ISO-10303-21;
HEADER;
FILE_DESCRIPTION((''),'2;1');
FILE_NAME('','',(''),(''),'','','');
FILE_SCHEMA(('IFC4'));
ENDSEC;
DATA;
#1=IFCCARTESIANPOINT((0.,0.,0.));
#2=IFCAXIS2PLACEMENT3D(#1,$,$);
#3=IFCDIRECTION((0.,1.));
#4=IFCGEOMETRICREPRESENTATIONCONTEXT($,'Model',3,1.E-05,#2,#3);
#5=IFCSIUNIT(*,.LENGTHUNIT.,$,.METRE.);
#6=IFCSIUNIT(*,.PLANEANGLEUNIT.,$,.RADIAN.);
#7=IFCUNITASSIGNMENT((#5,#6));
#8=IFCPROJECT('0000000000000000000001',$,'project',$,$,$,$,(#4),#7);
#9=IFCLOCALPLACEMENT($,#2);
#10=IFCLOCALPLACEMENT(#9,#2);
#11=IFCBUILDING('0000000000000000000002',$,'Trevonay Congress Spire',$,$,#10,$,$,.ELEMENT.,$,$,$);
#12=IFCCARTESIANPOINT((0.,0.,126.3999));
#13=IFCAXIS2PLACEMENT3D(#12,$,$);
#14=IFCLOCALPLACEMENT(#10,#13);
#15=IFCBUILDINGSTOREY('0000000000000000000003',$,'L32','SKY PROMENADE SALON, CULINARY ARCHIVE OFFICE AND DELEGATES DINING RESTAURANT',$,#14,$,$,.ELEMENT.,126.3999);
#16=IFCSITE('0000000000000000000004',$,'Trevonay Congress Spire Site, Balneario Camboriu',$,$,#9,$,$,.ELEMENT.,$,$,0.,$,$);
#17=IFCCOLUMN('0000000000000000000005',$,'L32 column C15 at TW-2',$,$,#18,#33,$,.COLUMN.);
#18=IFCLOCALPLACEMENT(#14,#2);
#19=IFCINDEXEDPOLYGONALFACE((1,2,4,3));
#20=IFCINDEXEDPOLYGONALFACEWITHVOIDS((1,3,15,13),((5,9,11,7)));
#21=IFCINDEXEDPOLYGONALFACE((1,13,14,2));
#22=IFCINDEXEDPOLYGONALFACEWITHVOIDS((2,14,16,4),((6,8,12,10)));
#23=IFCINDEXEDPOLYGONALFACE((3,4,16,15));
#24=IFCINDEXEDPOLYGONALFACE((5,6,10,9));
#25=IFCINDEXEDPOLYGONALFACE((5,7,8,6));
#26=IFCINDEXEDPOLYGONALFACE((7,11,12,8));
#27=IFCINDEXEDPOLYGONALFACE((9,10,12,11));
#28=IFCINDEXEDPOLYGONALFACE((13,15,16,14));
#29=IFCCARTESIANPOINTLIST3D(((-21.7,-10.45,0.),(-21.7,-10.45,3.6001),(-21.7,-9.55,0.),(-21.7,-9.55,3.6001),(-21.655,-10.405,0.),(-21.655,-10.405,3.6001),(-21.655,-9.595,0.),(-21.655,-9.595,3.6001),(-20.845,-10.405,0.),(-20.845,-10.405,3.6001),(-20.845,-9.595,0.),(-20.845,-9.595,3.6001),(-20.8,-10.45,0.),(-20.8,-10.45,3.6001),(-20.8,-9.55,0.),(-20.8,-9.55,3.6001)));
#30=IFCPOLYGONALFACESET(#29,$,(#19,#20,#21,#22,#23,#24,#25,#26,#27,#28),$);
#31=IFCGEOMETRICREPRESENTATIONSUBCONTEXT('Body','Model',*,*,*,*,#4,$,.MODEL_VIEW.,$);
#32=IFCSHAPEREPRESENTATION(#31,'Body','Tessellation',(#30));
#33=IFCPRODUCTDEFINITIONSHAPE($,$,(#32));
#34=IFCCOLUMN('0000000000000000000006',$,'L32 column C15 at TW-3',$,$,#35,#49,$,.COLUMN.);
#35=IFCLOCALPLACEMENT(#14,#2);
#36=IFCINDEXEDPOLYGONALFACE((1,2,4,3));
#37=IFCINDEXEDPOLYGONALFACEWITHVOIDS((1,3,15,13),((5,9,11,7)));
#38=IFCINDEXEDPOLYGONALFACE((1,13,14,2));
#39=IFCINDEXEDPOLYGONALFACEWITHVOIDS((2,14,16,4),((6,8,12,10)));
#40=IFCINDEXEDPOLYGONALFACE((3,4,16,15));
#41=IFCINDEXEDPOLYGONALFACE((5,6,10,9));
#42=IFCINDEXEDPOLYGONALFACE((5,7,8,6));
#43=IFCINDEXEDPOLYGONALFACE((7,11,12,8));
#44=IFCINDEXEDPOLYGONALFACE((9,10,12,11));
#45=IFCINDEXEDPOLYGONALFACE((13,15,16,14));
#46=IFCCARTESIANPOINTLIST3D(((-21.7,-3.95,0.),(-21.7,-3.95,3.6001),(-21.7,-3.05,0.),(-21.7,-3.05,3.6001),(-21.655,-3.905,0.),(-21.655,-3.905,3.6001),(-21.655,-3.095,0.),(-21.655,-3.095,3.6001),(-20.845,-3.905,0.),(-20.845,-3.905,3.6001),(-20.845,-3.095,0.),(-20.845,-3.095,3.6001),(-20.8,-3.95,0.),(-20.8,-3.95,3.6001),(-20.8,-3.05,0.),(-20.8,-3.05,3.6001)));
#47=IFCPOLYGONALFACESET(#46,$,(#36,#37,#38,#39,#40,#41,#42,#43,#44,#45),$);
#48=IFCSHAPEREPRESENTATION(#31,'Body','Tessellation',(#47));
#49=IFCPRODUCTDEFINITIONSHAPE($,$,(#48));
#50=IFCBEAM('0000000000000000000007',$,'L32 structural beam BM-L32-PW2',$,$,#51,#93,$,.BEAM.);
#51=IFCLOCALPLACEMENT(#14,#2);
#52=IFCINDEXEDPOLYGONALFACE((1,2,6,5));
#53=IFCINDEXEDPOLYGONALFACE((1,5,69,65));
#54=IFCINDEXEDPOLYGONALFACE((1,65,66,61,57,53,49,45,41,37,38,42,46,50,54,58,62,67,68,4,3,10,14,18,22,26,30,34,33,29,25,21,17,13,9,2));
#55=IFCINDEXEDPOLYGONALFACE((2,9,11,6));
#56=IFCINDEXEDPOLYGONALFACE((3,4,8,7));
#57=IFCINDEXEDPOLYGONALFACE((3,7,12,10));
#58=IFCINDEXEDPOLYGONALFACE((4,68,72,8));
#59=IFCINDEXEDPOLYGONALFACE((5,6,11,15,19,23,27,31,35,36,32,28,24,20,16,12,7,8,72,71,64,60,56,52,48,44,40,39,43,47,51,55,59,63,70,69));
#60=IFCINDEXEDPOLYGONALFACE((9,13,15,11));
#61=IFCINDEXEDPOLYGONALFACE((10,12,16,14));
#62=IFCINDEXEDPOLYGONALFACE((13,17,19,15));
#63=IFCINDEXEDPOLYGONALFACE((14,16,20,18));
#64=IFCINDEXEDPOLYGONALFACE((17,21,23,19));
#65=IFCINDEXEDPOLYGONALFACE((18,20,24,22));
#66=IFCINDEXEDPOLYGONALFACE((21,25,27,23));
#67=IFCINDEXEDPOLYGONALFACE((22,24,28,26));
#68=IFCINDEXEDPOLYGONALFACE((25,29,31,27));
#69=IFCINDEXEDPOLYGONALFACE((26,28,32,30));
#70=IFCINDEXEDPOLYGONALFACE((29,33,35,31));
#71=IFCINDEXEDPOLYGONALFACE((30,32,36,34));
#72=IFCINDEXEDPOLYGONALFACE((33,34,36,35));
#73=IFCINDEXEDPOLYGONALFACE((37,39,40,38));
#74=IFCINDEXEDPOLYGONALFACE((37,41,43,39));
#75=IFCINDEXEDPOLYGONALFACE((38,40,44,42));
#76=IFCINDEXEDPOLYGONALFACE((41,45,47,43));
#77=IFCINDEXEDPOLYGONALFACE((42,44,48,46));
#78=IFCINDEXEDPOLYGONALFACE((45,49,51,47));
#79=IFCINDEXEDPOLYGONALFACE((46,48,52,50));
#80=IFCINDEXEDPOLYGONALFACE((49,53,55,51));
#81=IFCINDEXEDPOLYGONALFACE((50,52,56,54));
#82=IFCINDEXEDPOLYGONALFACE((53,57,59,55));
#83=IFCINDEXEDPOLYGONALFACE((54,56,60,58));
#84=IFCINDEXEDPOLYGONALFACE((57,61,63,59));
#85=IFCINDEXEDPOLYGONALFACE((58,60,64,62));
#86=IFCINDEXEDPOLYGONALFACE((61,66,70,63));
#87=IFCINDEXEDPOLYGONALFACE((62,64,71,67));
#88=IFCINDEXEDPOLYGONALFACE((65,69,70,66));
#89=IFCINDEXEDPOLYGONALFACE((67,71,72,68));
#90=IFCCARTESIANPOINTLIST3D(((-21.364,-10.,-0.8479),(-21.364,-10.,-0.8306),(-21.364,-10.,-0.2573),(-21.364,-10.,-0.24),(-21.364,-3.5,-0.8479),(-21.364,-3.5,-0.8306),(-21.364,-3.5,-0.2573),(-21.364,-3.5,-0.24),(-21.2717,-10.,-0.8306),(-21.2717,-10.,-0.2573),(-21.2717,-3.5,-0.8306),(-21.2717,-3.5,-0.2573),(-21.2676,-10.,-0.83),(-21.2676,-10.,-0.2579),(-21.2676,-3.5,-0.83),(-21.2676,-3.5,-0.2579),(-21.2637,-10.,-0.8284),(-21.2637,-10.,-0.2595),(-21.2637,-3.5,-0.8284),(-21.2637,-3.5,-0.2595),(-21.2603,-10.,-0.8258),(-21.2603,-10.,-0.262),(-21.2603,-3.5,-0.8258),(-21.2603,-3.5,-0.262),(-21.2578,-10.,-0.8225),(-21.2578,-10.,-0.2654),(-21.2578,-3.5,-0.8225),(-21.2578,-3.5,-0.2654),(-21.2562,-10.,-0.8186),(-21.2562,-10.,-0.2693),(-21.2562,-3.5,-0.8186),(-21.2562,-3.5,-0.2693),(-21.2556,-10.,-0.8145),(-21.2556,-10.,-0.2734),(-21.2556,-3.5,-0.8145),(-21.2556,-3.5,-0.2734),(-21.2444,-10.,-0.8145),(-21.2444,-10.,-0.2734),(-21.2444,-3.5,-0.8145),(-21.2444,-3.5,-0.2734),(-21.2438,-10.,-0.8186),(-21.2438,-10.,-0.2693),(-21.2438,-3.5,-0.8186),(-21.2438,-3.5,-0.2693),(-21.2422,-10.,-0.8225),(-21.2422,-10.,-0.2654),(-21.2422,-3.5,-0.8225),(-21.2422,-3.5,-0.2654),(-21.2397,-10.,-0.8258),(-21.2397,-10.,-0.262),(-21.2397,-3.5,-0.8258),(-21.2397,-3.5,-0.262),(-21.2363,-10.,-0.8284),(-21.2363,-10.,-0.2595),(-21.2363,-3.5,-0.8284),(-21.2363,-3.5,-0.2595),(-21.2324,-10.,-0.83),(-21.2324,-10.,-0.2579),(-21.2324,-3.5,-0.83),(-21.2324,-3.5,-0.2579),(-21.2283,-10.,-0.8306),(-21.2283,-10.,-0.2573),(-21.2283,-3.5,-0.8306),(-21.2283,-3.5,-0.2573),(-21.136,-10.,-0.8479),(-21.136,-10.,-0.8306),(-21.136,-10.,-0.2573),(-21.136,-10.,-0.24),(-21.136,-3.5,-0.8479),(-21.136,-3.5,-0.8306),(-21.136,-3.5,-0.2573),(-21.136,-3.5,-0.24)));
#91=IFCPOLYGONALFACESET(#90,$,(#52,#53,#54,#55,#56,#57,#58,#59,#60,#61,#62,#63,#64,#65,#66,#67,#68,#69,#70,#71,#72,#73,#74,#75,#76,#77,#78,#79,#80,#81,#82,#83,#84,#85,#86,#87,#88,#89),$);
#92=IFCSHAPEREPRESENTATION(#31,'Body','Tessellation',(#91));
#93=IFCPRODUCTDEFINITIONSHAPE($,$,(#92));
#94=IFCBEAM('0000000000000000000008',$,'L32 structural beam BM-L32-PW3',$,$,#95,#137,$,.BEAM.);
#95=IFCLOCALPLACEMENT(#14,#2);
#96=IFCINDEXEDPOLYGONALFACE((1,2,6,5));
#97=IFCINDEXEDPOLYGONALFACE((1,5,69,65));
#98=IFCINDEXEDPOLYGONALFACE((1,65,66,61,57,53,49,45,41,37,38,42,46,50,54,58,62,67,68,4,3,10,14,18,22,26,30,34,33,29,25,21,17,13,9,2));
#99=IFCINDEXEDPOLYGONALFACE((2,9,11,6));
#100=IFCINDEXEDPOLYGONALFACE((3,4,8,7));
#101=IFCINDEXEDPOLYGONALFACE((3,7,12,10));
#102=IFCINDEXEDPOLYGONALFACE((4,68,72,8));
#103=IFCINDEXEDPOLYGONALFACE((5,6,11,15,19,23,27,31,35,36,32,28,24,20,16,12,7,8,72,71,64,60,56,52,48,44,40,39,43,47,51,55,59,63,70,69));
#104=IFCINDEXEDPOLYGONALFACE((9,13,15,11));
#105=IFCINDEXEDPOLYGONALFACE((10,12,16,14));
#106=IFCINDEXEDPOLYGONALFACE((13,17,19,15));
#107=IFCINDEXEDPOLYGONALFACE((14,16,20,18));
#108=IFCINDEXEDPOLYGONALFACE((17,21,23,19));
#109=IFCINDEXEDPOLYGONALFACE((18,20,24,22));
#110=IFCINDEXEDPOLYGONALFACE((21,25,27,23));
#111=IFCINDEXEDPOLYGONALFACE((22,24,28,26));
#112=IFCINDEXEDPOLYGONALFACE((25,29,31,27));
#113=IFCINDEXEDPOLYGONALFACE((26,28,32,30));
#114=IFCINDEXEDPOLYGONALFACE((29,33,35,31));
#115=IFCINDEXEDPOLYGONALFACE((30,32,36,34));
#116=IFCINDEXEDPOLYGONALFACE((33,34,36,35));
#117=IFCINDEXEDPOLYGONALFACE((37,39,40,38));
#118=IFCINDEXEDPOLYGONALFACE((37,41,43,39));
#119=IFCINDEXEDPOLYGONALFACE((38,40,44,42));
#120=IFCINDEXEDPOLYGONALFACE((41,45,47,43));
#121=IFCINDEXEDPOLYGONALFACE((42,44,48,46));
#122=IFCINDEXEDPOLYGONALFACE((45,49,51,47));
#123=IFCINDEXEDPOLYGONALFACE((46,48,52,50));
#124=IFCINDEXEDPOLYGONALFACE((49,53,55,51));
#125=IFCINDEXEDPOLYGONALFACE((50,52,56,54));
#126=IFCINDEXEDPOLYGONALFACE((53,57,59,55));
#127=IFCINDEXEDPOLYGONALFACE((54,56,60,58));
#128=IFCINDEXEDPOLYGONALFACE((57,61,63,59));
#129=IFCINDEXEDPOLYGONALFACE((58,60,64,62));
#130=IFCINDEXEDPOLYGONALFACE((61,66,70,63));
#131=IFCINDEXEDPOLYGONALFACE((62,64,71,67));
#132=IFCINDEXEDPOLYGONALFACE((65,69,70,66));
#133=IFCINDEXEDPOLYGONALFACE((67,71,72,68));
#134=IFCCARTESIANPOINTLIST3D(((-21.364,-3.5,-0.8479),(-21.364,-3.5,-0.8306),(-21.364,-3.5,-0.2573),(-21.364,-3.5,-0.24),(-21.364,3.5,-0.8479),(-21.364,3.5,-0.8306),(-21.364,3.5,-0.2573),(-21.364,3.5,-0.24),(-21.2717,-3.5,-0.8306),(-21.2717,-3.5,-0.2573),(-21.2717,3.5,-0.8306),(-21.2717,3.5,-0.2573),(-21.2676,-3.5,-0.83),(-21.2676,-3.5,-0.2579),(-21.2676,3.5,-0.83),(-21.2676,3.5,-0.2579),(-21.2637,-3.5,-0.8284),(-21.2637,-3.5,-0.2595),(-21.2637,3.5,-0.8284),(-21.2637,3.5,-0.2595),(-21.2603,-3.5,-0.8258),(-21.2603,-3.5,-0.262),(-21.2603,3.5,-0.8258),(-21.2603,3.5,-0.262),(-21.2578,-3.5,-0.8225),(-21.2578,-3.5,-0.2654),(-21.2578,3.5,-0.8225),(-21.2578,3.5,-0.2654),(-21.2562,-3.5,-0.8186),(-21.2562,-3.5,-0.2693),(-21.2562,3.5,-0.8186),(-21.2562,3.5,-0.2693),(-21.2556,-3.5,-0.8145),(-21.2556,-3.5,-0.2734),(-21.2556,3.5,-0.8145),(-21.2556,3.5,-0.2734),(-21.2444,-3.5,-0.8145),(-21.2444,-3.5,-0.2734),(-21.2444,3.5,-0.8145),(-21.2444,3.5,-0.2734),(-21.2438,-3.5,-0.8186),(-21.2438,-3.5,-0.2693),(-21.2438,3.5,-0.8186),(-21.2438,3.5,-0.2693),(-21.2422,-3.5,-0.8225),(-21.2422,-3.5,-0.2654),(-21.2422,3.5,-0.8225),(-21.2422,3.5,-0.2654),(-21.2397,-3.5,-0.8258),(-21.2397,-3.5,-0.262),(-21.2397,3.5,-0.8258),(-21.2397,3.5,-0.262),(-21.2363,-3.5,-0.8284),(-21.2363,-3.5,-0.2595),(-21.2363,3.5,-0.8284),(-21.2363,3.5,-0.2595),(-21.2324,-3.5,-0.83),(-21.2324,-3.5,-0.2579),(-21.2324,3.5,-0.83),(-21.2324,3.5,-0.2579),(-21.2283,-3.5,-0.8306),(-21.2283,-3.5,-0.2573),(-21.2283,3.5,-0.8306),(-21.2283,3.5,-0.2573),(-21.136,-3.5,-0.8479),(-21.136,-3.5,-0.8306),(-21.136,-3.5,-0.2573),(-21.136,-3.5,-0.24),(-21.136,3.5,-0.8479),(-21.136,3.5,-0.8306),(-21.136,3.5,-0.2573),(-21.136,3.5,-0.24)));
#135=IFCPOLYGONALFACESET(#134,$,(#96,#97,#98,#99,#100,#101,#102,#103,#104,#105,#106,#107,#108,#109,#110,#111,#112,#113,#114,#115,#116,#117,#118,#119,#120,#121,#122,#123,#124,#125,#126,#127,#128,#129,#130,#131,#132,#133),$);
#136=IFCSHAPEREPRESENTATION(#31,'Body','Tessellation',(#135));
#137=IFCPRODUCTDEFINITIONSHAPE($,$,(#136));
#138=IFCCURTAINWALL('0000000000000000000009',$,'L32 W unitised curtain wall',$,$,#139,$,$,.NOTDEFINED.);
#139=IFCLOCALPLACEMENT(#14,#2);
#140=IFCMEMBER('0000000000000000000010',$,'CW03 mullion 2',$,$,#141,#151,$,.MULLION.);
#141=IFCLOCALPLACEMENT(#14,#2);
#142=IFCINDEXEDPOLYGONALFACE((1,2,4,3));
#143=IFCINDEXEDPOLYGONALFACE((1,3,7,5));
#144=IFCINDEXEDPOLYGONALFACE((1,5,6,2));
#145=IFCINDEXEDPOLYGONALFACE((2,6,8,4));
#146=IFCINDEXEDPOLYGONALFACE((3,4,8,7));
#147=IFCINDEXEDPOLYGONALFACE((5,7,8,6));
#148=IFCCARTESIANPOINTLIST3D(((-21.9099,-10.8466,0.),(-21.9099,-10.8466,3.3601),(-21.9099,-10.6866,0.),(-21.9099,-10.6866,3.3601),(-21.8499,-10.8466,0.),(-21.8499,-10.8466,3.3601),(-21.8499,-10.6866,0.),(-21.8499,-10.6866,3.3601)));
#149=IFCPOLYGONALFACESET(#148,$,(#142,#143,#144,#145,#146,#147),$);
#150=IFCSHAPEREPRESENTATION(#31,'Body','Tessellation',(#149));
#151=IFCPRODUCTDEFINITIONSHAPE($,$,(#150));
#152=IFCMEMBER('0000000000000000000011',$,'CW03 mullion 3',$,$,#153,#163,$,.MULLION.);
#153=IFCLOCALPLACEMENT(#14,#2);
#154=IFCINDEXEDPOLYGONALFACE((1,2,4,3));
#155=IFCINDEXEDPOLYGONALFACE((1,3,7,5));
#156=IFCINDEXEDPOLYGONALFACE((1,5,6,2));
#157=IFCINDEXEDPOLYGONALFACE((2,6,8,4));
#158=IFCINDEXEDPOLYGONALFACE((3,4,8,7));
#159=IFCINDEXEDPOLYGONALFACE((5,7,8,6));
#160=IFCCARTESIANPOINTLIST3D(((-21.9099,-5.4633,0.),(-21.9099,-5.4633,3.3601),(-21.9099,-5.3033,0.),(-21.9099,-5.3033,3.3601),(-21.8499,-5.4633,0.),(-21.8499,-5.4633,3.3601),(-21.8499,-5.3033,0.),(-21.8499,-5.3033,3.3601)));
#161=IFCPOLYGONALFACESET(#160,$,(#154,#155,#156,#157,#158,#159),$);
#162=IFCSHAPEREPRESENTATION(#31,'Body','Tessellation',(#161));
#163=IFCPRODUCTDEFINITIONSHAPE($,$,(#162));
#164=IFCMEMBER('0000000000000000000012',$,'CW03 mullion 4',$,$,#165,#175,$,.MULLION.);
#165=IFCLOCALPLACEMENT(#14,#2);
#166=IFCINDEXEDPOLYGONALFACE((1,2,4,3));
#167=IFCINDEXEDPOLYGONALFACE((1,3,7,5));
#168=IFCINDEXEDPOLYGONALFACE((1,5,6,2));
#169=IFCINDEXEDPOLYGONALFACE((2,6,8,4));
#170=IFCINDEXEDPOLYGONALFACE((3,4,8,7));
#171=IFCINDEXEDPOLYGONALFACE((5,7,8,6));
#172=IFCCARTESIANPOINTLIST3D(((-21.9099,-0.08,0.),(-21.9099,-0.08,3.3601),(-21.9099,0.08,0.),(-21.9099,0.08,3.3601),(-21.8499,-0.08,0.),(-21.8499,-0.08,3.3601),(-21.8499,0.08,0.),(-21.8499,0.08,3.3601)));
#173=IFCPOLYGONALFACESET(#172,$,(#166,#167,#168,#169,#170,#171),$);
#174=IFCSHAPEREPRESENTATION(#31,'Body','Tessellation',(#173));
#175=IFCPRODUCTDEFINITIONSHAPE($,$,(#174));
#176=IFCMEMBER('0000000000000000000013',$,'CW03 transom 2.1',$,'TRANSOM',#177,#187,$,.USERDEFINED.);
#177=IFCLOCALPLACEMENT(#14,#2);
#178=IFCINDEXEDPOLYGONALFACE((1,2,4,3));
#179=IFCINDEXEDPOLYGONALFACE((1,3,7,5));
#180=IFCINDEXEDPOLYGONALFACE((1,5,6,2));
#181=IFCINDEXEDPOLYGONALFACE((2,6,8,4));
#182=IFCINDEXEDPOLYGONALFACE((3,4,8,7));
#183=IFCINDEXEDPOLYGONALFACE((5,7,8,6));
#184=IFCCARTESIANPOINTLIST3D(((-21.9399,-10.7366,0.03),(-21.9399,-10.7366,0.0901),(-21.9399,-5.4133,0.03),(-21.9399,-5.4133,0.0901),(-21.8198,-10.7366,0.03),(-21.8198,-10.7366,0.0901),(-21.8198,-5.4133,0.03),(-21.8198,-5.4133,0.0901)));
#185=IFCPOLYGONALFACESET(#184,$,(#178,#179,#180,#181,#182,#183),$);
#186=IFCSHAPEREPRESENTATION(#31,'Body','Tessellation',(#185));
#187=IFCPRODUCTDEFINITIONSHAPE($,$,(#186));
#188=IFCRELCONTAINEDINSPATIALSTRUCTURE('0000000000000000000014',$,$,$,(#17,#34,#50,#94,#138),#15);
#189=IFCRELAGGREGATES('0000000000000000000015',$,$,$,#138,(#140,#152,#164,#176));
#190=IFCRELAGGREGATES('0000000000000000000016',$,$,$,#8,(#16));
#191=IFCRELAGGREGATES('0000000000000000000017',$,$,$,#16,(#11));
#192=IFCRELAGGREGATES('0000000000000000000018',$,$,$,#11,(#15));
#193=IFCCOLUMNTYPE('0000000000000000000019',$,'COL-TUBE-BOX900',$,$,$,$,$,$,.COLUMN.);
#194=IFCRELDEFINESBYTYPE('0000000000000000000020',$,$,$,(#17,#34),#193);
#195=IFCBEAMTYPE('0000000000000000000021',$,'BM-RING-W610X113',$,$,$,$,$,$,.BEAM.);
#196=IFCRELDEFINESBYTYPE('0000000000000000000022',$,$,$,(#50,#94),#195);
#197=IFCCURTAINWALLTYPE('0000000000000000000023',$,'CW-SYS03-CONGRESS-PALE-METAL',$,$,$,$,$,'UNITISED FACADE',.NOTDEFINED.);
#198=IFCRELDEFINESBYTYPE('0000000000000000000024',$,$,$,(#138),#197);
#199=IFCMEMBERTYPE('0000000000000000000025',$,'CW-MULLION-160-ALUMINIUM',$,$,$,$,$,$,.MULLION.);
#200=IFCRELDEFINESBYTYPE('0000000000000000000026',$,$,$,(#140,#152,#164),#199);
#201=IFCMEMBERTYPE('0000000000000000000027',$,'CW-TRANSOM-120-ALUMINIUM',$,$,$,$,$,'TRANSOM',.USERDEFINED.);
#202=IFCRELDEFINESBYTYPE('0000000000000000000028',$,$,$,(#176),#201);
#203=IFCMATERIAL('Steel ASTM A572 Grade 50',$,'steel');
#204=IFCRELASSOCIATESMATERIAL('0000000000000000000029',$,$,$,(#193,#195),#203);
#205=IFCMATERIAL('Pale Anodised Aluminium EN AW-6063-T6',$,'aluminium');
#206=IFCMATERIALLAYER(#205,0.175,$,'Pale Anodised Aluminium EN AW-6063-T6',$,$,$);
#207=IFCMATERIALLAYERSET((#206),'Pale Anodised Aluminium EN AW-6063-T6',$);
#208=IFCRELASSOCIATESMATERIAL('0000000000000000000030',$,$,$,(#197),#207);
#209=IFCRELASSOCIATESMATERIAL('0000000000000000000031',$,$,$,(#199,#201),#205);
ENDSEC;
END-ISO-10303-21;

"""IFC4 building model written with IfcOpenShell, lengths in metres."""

from ifc_helpers import new_model, si_unit, direction, frame, origin, origin_2d, place, context, subcontext, project, spatial, rectangle, hollow_rectangle, i_section, extrude, material, layer, layer_set, material_profile, profile_set, type_object, element, aggregate, save


model = new_model("IFC4")

# Units and contexts
model_context = context("Model", 3, precision=1e-05, world=origin(), true_north=direction((0.0, 1.0)))
body_context = subcontext(model_context, "Body", "Model", "MODEL_VIEW")
ifc_project = project(units=[si_unit("LENGTHUNIT", "METRE"), si_unit("PLANEANGLEUNIT", "RADIAN")], contexts=[model_context])

# Site, building, storey
site_placement = place(None, origin())
site = spatial("IfcSite", under=ifc_project, at=site_placement, Name="Trevonay Congress Spire Site, Balneario Camboriu", CompositionType="ELEMENT", RefElevation=0.0)
building_placement = place(site_placement, origin())
building = spatial("IfcBuilding", under=site, at=building_placement, Name="Trevonay Congress Spire", CompositionType="ELEMENT")
storey_placement = place(building_placement, frame((0.0, 0.0, 126.3999)))
storey = spatial("IfcBuildingStorey", under=building, at=storey_placement, Name="L32", Description="SKY PROMENADE SALON, CULINARY ARCHIVE OFFICE AND DELEGATES DINING RESTAURANT", CompositionType="ELEMENT", Elevation=126.3999)

# Columns
ifc_material_1 = material(Name="Steel ASTM A572 Grade 50", Category="steel")
ifc_material_profile_1 = material_profile(ifc_material_1, hollow_rectangle(XDim=0.8999, YDim=0.8999, WallThickness=0.0449, at=origin_2d()), Name="BOX 900x900x45")
ifc_profile_set_1 = profile_set([ifc_material_profile_1], Name="Steel ASTM A572 Grade 50")
column_type = type_object("IfcColumnType", Name="COL-TUBE-BOX900", PredefinedType="COLUMN", material=ifc_profile_set_1)
for number, where, z_axis, x_axis, name in (
    (1, (-21.25, -10.0, 0.0), (0.0, 0.0, 1.0), (1.0, 0.0, 0.0), "L32 column C15 at TW-2"),
    (2, (-21.25, -3.5, 0.0), (0.0, 0.0, 1.0), (1.0, 0.0, 0.0), "L32 column C15 at TW-3"),
):
    element("IfcColumn", number, at=place(storey_placement, frame(where, z_axis=z_axis, x_axis=x_axis)), inside=storey, type_object=column_type, Name=name, PredefinedType="COLUMN", context=body_context, shape_type="SweptSolid", body=[
        extrude(hollow_rectangle(XDim=0.8999, YDim=0.8999, WallThickness=0.0449, at=origin_2d()), origin(), (0.0, 0.0, 1.0), 3.6001),
    ])

# Beams
ifc_material_profile_2 = material_profile(ifc_material_1, i_section(OverallWidth=0.228, OverallDepth=0.6079, WebThickness=0.0112, FlangeThickness=0.0173, FilletRadius=0.0161, at=origin_2d()), Name="W610x113")
ifc_profile_set_2 = profile_set([ifc_material_profile_2], Name="Steel ASTM A572 Grade 50")
beam_type = type_object("IfcBeamType", Name="BM-RING-W610X113", PredefinedType="BEAM", material=ifc_profile_set_2)
beam_1_placement = place(storey_placement, frame((-21.25, -10.0, -0.5439), z_axis=(0.0, 1.0, 0.0), x_axis=(-1.0, 0.0, 0.0)))
element("IfcBeam", 3, at=beam_1_placement, inside=storey, type_object=beam_type, Name="L32 structural beam BM-L32-PW2", PredefinedType="BEAM", context=body_context, shape_type="SweptSolid", body=[
    extrude(i_section(OverallWidth=0.228, OverallDepth=0.6079, WebThickness=0.0112, FlangeThickness=0.0173, FilletRadius=0.0161, at=origin_2d()), origin(), (0.0, 0.0, 1.0), 6.5),
])
beam_2_placement = place(storey_placement, frame((-21.25, -3.5, -0.5439), z_axis=(0.0, 1.0, 0.0), x_axis=(-1.0, 0.0, 0.0)))
element("IfcBeam", 4, at=beam_2_placement, inside=storey, type_object=beam_type, Name="L32 structural beam BM-L32-PW3", PredefinedType="BEAM", context=body_context, shape_type="SweptSolid", body=[
    extrude(i_section(OverallWidth=0.228, OverallDepth=0.6079, WebThickness=0.0112, FlangeThickness=0.0173, FilletRadius=0.0161, at=origin_2d()), origin(), (0.0, 0.0, 1.0), 7.0),
])

# Curtain wall, members
ifc_material_2 = material(Name="Pale Anodised Aluminium EN AW-6063-T6", Category="aluminium")
ifc_layer_1 = layer(ifc_material_2, 0.175, Name="Pale Anodised Aluminium EN AW-6063-T6")
ifc_layer_set_1 = layer_set([ifc_layer_1], Name="Pale Anodised Aluminium EN AW-6063-T6")
curtain_wall_type = type_object("IfcCurtainWallType", Name="CW-SYS03-CONGRESS-PALE-METAL", ElementType="UNITISED FACADE", PredefinedType="NOTDEFINED", material=ifc_layer_set_1)
curtain_wall_placement = place(storey_placement, origin())
curtain_wall = element("IfcCurtainWall", 5, at=curtain_wall_placement, inside=storey, type_object=curtain_wall_type, Name="L32 W unitised curtain wall", PredefinedType="NOTDEFINED")
ifc_material_profile_3 = material_profile(ifc_material_2, rectangle(XDim=0.0601, YDim=0.1599, at=origin_2d()), Name="CW-MULLION-160-ALUMINIUM")
ifc_profile_set_3 = profile_set([ifc_material_profile_3], Name="Pale Anodised Aluminium EN AW-6063-T6")
member_type_1 = type_object("IfcMemberType", Name="CW-MULLION-160-ALUMINIUM", PredefinedType="MULLION", material=ifc_profile_set_3)
member_1_placement = place(storey_placement, frame((-21.8799, -10.7666, 0.0), z_axis=(0.0, 0.0, 1.0), x_axis=(-1.0, 0.0, 0.0)))
member_1 = element("IfcMember", 6, at=member_1_placement, type_object=member_type_1, Name="CW03 mullion 2", PredefinedType="MULLION", context=body_context, shape_type="SweptSolid", body=[
    extrude(rectangle(XDim=0.0601, YDim=0.1599, at=origin_2d()), origin(), (0.0, 0.0, 1.0), 3.3601),
])
member_2_placement = place(storey_placement, frame((-21.8799, -5.3833, 0.0), z_axis=(0.0, 0.0, 1.0), x_axis=(-1.0, 0.0, 0.0)))
member_2 = element("IfcMember", 7, at=member_2_placement, type_object=member_type_1, Name="CW03 mullion 3", PredefinedType="MULLION", context=body_context, shape_type="SweptSolid", body=[
    extrude(rectangle(XDim=0.0601, YDim=0.1599, at=origin_2d()), origin(), (0.0, 0.0, 1.0), 3.3601),
])
member_3_placement = place(storey_placement, frame((-21.8799, 0.0, 0.0), z_axis=(0.0, 0.0, 1.0), x_axis=(-1.0, 0.0, 0.0)))
member_3 = element("IfcMember", 8, at=member_3_placement, type_object=member_type_1, Name="CW03 mullion 4", PredefinedType="MULLION", context=body_context, shape_type="SweptSolid", body=[
    extrude(rectangle(XDim=0.0601, YDim=0.1599, at=origin_2d()), origin(), (0.0, 0.0, 1.0), 3.3601),
])
ifc_material_profile_4 = material_profile(ifc_material_2, rectangle(XDim=0.1201, YDim=0.0601, at=origin_2d()), Name="CW-TRANSOM-120-ALUMINIUM")
ifc_profile_set_4 = profile_set([ifc_material_profile_4], Name="Pale Anodised Aluminium EN AW-6063-T6")
member_type_2 = type_object("IfcMemberType", Name="CW-TRANSOM-120-ALUMINIUM", ElementType="TRANSOM", PredefinedType="USERDEFINED", material=ifc_profile_set_4)
member_4_placement = place(storey_placement, frame((-21.8799, -10.7366, 0.0601), z_axis=(0.0, 1.0, 0.0), x_axis=(-1.0, 0.0, 0.0)))
member_4 = element("IfcMember", 9, at=member_4_placement, type_object=member_type_2, Name="CW03 transom 2.1", ObjectType="TRANSOM", PredefinedType="USERDEFINED", context=body_context, shape_type="SweptSolid", body=[
    extrude(rectangle(XDim=0.1201, YDim=0.0601, at=origin_2d()), origin(), (0.0, 0.0, 1.0), 5.3232),
])
aggregate(curtain_wall, [member_1, member_2, member_3, member_4])

save(model, "model.ifc")
